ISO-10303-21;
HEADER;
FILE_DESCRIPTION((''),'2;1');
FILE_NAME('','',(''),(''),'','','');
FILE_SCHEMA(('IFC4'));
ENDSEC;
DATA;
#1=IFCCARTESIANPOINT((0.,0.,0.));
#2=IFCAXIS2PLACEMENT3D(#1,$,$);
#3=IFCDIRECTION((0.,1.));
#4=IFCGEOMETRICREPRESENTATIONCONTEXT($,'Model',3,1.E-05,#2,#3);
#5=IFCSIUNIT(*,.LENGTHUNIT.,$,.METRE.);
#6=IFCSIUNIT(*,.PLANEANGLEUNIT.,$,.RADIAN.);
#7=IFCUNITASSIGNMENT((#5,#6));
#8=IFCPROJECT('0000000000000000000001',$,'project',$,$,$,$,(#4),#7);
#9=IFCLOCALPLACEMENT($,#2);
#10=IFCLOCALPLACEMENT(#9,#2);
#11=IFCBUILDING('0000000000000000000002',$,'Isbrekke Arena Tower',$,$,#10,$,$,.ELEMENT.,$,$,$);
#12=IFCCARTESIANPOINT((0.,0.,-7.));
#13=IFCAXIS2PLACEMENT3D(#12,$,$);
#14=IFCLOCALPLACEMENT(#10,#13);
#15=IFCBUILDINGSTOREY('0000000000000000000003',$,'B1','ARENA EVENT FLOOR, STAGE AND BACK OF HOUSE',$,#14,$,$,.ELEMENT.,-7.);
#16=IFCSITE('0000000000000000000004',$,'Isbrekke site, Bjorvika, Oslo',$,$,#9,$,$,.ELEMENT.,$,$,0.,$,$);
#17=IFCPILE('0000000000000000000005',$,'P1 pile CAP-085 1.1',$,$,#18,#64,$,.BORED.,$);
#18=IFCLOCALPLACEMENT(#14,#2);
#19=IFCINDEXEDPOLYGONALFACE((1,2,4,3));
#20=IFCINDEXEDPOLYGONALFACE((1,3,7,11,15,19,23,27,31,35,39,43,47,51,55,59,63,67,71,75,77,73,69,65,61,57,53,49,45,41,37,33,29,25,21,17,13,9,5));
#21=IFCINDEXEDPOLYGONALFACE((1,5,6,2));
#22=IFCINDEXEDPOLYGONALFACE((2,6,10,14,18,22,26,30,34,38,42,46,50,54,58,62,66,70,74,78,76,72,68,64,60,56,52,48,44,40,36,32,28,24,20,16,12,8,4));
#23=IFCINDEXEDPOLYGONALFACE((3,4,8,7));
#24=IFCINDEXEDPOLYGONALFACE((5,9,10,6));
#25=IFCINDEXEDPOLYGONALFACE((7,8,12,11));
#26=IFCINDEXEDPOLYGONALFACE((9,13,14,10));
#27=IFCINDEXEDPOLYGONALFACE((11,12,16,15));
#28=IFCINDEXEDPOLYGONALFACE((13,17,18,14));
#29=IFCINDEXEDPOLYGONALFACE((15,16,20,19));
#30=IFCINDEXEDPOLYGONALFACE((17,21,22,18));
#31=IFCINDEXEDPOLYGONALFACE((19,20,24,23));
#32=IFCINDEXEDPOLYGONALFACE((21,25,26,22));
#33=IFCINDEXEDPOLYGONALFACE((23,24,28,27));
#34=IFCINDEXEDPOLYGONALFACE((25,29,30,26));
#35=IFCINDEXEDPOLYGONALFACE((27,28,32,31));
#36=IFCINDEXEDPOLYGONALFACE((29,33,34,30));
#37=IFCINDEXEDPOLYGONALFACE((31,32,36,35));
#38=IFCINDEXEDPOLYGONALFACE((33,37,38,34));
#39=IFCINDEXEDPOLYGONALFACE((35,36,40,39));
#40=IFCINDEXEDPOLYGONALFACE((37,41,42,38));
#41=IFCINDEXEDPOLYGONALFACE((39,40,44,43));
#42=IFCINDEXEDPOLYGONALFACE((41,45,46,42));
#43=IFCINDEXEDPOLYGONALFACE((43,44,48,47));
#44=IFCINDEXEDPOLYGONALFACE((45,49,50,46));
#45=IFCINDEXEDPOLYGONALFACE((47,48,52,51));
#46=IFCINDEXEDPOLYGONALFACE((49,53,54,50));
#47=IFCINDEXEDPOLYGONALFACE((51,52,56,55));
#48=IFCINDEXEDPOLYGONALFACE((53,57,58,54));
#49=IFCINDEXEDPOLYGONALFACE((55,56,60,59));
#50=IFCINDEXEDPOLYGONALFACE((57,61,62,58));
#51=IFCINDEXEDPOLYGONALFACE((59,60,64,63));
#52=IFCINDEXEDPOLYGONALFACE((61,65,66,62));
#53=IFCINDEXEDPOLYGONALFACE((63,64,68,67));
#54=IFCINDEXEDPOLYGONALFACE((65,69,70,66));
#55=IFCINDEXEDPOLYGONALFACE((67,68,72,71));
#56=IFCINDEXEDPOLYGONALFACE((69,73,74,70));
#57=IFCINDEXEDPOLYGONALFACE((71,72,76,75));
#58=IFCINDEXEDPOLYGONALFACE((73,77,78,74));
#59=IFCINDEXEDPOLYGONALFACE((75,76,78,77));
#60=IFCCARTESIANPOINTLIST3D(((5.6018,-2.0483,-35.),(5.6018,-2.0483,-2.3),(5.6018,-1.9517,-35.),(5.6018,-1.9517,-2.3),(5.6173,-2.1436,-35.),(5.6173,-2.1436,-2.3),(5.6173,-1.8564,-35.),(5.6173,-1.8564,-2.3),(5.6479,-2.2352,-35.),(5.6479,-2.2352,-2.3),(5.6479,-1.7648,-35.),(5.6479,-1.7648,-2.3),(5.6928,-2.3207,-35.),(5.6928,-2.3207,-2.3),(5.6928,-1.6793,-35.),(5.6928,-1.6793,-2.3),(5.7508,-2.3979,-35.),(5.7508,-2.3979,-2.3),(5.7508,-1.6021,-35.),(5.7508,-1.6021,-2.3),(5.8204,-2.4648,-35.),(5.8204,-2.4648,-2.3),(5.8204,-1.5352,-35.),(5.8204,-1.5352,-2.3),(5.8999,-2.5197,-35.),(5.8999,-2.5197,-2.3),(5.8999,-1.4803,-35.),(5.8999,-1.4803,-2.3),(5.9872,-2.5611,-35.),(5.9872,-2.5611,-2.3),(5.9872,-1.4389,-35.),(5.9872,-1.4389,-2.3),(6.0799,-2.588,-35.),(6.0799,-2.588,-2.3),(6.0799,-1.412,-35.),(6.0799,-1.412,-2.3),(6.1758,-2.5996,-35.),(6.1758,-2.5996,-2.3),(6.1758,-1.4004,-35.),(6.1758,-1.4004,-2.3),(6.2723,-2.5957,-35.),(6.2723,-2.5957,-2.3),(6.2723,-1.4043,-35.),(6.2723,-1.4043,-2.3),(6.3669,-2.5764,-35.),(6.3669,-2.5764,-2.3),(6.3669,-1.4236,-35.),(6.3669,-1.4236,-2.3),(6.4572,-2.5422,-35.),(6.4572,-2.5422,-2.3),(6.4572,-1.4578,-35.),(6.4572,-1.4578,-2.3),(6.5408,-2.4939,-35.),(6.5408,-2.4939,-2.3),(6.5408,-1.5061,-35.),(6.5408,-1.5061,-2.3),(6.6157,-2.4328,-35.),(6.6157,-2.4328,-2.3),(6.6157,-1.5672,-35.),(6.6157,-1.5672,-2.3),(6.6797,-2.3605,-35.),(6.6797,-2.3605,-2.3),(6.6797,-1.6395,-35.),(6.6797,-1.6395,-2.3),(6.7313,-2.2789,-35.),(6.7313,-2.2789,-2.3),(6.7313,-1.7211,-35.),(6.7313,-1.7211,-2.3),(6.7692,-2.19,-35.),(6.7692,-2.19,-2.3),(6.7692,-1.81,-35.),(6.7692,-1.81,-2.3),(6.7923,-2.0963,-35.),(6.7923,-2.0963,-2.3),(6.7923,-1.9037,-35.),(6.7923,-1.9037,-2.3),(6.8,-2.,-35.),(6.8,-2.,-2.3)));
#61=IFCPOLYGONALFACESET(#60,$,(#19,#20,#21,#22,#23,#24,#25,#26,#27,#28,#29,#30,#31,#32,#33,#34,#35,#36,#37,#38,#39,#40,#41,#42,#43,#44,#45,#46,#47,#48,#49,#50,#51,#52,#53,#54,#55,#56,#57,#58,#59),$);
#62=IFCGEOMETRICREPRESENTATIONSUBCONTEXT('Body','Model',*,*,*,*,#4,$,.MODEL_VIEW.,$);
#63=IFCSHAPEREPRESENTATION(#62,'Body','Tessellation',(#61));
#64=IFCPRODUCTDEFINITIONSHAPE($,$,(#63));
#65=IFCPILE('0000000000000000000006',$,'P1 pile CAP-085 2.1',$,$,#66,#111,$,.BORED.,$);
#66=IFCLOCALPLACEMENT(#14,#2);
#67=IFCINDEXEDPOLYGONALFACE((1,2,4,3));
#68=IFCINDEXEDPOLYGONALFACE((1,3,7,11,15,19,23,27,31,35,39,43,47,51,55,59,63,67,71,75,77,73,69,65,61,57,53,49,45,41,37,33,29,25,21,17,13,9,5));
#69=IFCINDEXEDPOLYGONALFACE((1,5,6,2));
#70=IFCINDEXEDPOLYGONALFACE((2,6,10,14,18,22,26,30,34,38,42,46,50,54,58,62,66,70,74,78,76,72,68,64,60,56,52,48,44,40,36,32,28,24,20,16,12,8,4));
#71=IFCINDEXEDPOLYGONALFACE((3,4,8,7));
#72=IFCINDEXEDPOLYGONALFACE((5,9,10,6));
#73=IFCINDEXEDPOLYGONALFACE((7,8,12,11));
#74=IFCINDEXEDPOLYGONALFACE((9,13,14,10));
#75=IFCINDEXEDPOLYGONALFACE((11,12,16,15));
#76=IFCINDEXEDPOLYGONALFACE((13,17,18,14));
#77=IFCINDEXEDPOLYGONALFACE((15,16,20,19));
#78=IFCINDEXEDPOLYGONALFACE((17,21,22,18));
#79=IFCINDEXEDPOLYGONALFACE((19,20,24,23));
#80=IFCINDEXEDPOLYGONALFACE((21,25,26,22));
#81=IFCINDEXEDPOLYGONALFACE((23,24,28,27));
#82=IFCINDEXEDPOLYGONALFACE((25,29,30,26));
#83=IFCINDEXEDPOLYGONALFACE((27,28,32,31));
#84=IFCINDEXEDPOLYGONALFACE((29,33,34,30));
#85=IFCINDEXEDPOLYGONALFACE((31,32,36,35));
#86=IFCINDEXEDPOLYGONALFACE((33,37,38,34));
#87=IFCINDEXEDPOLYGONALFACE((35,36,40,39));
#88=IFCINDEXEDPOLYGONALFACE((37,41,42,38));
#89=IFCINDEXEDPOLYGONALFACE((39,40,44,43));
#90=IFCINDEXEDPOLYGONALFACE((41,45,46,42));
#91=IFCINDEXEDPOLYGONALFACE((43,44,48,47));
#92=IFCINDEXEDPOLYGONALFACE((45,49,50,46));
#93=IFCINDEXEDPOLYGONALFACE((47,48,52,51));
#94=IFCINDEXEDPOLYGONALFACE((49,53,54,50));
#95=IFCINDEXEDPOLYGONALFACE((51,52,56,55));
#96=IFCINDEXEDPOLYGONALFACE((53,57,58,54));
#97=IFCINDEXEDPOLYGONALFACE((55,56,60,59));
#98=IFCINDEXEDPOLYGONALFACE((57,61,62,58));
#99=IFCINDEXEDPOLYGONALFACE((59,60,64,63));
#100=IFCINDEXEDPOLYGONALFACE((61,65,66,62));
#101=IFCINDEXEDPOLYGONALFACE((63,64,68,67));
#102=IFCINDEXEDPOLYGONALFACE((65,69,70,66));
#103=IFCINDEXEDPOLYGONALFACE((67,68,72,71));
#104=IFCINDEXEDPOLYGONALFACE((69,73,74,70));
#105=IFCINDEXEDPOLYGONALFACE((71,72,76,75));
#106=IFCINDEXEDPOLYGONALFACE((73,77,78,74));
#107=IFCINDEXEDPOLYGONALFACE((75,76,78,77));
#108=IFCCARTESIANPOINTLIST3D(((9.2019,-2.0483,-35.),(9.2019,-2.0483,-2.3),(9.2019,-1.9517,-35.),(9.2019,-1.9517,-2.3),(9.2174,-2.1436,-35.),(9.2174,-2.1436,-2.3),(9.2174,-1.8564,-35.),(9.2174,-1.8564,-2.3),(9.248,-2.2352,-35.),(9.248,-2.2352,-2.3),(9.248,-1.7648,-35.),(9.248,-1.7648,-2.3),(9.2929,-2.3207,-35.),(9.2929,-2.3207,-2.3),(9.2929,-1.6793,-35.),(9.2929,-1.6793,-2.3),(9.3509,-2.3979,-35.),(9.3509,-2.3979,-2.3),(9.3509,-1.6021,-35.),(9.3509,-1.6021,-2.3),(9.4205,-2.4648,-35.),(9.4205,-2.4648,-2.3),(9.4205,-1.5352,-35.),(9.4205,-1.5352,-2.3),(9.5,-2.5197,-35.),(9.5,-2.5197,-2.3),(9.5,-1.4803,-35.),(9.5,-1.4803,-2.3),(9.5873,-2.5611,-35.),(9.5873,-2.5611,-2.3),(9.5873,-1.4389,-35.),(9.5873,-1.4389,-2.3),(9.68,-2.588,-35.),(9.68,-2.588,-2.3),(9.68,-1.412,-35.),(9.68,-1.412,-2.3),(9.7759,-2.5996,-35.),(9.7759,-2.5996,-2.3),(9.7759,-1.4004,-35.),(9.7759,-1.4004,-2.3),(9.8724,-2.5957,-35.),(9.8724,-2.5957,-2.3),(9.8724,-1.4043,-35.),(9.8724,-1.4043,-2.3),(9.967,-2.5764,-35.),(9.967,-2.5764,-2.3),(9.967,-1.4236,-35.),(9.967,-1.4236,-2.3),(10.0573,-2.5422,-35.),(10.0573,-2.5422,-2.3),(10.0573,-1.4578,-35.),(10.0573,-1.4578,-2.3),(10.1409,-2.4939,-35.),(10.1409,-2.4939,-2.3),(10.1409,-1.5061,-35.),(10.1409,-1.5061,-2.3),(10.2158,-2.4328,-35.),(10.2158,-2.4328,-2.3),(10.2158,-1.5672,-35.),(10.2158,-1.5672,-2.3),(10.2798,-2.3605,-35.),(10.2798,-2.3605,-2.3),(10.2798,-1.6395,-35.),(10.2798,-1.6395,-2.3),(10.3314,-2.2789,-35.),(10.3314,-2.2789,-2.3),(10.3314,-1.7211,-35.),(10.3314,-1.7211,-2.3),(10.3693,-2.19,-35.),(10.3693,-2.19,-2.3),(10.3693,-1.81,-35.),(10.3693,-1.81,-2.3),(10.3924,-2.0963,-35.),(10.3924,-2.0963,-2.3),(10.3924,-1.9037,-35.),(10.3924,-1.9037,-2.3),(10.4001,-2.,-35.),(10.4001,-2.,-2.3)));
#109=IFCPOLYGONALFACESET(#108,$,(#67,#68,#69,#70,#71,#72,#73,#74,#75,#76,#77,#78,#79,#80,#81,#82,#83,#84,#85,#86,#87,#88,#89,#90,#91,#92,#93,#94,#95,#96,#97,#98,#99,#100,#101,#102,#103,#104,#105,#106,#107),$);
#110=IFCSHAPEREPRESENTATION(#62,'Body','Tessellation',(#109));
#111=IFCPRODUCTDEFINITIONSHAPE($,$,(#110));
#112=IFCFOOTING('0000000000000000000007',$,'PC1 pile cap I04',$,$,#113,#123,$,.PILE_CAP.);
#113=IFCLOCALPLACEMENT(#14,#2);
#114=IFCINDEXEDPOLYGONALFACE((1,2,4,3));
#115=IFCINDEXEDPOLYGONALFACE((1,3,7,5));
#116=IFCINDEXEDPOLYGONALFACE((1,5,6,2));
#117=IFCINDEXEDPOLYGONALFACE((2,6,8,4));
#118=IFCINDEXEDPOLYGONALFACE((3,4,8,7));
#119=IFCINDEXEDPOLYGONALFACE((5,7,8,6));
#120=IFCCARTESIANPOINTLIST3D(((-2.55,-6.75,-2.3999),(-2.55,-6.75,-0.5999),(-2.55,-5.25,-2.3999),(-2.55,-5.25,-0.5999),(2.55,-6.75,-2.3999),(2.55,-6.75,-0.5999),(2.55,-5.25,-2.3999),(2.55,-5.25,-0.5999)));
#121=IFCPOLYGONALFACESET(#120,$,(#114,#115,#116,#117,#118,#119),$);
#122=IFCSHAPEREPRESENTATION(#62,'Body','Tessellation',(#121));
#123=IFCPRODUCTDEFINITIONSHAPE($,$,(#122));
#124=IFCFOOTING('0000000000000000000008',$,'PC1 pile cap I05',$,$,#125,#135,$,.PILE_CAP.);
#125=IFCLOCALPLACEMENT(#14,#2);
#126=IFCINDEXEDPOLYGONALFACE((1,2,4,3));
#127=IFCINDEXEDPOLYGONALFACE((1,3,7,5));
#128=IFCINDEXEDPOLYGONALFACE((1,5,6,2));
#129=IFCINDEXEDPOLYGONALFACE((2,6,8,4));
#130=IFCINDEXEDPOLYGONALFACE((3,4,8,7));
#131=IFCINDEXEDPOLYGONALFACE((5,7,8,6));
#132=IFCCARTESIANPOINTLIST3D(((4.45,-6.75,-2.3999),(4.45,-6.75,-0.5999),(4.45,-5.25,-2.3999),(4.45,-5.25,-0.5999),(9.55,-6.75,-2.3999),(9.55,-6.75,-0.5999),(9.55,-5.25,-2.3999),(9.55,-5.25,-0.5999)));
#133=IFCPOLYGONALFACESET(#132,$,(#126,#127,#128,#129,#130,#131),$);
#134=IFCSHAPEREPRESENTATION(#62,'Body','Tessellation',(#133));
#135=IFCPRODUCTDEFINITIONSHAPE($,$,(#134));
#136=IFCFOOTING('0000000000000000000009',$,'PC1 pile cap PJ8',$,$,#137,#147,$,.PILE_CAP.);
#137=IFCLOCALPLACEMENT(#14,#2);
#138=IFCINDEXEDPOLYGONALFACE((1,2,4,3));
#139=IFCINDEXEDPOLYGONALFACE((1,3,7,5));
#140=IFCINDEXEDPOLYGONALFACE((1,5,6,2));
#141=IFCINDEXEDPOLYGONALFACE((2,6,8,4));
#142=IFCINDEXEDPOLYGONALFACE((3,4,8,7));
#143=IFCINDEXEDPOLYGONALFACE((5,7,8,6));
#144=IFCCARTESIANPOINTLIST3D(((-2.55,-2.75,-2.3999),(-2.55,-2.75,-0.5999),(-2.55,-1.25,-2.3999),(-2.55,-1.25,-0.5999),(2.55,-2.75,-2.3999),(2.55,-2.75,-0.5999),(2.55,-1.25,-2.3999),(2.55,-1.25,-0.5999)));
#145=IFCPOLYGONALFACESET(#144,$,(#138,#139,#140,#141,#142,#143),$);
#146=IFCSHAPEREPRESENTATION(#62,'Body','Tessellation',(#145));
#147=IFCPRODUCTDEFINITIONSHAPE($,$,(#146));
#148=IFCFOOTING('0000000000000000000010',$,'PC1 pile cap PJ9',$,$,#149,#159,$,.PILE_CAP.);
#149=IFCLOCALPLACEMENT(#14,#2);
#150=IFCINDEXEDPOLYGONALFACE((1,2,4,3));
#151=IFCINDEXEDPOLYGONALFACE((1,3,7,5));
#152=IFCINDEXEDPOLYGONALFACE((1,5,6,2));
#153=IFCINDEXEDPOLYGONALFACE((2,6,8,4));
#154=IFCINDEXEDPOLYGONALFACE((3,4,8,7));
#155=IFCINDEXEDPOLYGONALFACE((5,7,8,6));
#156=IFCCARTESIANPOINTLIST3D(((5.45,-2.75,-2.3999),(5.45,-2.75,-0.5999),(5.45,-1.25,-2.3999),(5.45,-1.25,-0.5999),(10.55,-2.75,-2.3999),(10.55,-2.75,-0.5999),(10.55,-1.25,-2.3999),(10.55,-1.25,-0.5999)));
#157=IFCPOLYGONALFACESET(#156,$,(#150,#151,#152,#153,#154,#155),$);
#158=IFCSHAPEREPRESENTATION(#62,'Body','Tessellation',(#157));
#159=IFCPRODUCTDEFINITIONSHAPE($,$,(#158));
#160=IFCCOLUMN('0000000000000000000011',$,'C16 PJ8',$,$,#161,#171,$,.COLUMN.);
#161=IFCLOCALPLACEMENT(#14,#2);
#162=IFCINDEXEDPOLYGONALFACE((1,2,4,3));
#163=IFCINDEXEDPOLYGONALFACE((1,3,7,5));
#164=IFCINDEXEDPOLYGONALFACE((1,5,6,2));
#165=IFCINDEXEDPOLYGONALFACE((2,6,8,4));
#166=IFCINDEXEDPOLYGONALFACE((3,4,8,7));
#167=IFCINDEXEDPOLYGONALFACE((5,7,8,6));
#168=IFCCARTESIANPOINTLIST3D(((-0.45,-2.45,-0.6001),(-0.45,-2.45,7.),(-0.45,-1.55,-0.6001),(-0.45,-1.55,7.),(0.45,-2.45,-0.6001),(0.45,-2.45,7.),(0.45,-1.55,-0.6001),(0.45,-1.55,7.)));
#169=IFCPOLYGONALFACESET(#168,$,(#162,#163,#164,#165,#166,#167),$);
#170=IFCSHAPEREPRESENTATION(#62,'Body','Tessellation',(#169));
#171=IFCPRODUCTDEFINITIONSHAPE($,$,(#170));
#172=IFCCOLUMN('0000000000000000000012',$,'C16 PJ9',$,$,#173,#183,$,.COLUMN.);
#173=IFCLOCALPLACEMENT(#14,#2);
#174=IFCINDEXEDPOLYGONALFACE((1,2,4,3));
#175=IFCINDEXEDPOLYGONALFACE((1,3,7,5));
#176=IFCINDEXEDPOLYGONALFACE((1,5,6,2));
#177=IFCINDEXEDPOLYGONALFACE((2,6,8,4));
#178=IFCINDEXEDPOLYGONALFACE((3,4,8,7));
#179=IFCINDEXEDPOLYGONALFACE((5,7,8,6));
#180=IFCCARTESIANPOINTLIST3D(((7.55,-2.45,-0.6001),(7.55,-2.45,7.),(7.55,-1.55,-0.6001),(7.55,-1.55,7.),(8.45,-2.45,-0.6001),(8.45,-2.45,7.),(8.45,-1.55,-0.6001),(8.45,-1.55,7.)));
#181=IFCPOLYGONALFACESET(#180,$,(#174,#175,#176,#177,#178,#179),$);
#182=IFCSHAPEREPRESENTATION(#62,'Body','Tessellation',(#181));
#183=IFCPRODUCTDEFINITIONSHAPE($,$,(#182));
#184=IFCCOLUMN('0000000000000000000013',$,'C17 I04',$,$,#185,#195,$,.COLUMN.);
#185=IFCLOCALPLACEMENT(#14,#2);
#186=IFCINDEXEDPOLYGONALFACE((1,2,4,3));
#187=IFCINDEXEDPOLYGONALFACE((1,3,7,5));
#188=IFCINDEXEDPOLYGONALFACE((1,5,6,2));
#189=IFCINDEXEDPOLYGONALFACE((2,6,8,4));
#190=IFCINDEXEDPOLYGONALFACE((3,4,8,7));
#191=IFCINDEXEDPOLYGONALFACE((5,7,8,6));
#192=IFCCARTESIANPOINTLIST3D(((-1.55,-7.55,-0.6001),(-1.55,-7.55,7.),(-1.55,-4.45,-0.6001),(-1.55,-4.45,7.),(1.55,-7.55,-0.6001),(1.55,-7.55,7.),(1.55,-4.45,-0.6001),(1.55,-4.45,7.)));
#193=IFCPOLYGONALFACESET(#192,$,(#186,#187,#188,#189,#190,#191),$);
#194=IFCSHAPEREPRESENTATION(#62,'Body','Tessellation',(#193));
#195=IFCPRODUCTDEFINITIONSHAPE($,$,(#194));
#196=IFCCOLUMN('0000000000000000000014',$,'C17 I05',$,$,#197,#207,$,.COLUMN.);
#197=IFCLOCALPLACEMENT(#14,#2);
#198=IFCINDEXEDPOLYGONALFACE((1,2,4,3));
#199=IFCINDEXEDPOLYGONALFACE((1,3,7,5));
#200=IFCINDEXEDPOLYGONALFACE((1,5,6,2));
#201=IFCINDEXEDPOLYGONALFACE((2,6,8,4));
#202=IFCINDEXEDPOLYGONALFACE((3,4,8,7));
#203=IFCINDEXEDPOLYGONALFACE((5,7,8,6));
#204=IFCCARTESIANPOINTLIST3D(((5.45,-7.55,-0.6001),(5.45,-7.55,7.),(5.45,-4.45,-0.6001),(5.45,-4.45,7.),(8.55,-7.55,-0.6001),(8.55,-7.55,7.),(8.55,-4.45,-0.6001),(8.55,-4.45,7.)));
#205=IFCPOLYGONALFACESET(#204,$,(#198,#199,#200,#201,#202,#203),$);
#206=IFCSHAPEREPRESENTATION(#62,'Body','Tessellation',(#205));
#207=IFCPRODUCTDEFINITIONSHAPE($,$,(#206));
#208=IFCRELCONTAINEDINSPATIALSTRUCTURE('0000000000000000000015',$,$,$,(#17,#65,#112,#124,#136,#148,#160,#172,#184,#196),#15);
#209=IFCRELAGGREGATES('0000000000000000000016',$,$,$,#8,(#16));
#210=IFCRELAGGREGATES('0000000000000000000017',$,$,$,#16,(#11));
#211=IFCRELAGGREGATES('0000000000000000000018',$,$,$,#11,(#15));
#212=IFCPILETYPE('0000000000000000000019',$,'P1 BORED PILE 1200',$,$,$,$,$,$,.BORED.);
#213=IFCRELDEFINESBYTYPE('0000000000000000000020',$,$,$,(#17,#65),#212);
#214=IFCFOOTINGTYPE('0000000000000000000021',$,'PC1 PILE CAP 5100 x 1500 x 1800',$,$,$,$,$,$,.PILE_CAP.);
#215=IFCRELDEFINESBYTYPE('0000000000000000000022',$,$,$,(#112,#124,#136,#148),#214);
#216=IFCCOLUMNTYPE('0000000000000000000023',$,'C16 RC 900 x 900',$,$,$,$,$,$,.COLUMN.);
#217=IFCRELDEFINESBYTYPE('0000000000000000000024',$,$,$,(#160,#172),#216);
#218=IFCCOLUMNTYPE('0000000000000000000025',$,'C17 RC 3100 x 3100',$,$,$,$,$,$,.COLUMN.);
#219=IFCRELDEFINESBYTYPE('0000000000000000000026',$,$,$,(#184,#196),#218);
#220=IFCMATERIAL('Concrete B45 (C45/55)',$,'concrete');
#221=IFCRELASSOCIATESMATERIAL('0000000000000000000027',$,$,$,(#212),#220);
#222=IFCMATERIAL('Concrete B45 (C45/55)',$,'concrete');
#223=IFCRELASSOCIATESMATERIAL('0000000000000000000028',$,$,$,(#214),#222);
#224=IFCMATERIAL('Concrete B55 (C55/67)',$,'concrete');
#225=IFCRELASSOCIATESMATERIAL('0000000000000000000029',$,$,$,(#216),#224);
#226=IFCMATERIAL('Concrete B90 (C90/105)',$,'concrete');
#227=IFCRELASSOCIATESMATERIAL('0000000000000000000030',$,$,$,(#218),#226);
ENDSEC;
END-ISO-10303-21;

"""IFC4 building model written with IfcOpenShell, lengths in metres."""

from ifc_helpers import new_model, si_unit, direction, frame, origin, origin_2d, place, context, subcontext, project, spatial, rectangle, circle, extrude, material, material_profile, profile_set, type_object, element, save


model = new_model("IFC4")

# Units and contexts
model_context = context("Model", 3, precision=1e-05, world=origin(), true_north=direction((0.0, 1.0)))
body_context = subcontext(model_context, "Body", "Model", "MODEL_VIEW")
ifc_project = project(units=[si_unit("LENGTHUNIT", "METRE"), si_unit("PLANEANGLEUNIT", "RADIAN")], contexts=[model_context])

# Site, building, storey
site_placement = place(None, origin())
site = spatial("IfcSite", under=ifc_project, at=site_placement, Name="Isbrekke site, Bjorvika, Oslo", CompositionType="ELEMENT", RefElevation=0.0)
building_placement = place(site_placement, origin())
building = spatial("IfcBuilding", under=site, at=building_placement, Name="Isbrekke Arena Tower", CompositionType="ELEMENT")
storey_placement = place(building_placement, frame((0.0, 0.0, -7.0)))
storey = spatial("IfcBuildingStorey", under=building, at=storey_placement, Name="B1", Description="ARENA EVENT FLOOR, STAGE AND BACK OF HOUSE", CompositionType="ELEMENT", Elevation=-7.0)

# Piles
ifc_material_1 = material(Name="Concrete B45 (C45/55)", Category="concrete")
ifc_material_profile_1 = material_profile(ifc_material_1, circle(Radius=0.6001, at=origin_2d()), Name="BORED PILE D1200")
ifc_profile_set_1 = profile_set([ifc_material_profile_1], Name="Concrete B45 (C45/55)")
pile_type = type_object("IfcPileType", Name="P1 BORED PILE 1200", PredefinedType="BORED", material=ifc_profile_set_1)
for number, where, z_axis, x_axis, name in (
    (1, (6.2, -2.0, -2.3), (0.0, 0.0, -1.0), (1.0, 0.0, 0.0), "P1 pile CAP-085 1.1"),
    (2, (9.8, -2.0, -2.3), (0.0, 0.0, -1.0), (1.0, 0.0, 0.0), "P1 pile CAP-085 2.1"),
):
    element("IfcPile", number, at=place(storey_placement, frame(where, z_axis=z_axis, x_axis=x_axis)), inside=storey, type_object=pile_type, Name=name, PredefinedType="BORED", context=body_context, shape_type="SweptSolid", body=[
        extrude(circle(Radius=0.6001, at=origin_2d()), origin(), (0.0, 0.0, 1.0), 32.7),
    ])

# Footings
ifc_material_2 = material(Name="Concrete B45 (C45/55)", Category="concrete")
footing_type = type_object("IfcFootingType", Name="PC1 PILE CAP 5100 x 1500 x 1800", PredefinedType="PILE_CAP", material=ifc_material_2)
for number, where, z_axis, x_axis, name in (
    (3, (0.0, -6.0, -2.3999), (0.0, 0.0, 1.0), (1.0, 0.0, 0.0), "PC1 pile cap I04"),
    (4, (7.0, -6.0, -2.3999), (0.0, 0.0, 1.0), (1.0, 0.0, 0.0), "PC1 pile cap I05"),
    (5, (0.0, -2.0, -2.3999), (0.0, 0.0, 1.0), (1.0, 0.0, 0.0), "PC1 pile cap PJ8"),
    (6, (8.0, -2.0, -2.3999), (0.0, 0.0, 1.0), (1.0, 0.0, 0.0), "PC1 pile cap PJ9"),
):
    element("IfcFooting", number, at=place(storey_placement, frame(where, z_axis=z_axis, x_axis=x_axis)), inside=storey, type_object=footing_type, Name=name, PredefinedType="PILE_CAP", context=body_context, shape_type="SweptSolid", body=[
        extrude(rectangle(XDim=5.1001, YDim=1.5, at=origin_2d()), origin(), (0.0, 0.0, 1.0), 1.8),
    ])

# Columns
ifc_material_3 = material(Name="Concrete B55 (C55/67)", Category="concrete")
ifc_material_profile_2 = material_profile(ifc_material_3, rectangle(XDim=0.8999, YDim=0.8999, at=origin_2d()), Name="RC 900x900")
ifc_profile_set_2 = profile_set([ifc_material_profile_2], Name="Concrete B55 (C55/67)")
column_type_1 = type_object("IfcColumnType", Name="C16 RC 900 x 900", PredefinedType="COLUMN", material=ifc_profile_set_2)
for number, where, z_axis, x_axis, name in (
    (7, (0.0, -2.0, -0.6001), (0.0, 0.0, 1.0), (1.0, 0.0, 0.0), "C16 PJ8"),
    (8, (8.0, -2.0, -0.6001), (0.0, 0.0, 1.0), (1.0, 0.0, 0.0), "C16 PJ9"),
):
    element("IfcColumn", number, at=place(storey_placement, frame(where, z_axis=z_axis, x_axis=x_axis)), inside=storey, type_object=column_type_1, Name=name, PredefinedType="COLUMN", context=body_context, shape_type="SweptSolid", body=[
        extrude(rectangle(XDim=0.8999, YDim=0.8999, at=origin_2d()), origin(), (0.0, 0.0, 1.0), 7.6001),
    ])
ifc_material_4 = material(Name="Concrete B90 (C90/105)", Category="concrete")
ifc_material_profile_3 = material_profile(ifc_material_4, rectangle(XDim=3.1001, YDim=3.1001, at=origin_2d()), Name="RC 3100x3100")
ifc_profile_set_3 = profile_set([ifc_material_profile_3], Name="Concrete B90 (C90/105)")
column_type_2 = type_object("IfcColumnType", Name="C17 RC 3100 x 3100", PredefinedType="COLUMN", material=ifc_profile_set_3)
for number, where, z_axis, x_axis, name in (
    (9, (0.0, -6.0, -0.6001), (0.0, 0.0, 1.0), (1.0, 0.0, 0.0), "C17 I04"),
    (10, (7.0, -6.0, -0.6001), (0.0, 0.0, 1.0), (1.0, 0.0, 0.0), "C17 I05"),
):
    element("IfcColumn", number, at=place(storey_placement, frame(where, z_axis=z_axis, x_axis=x_axis)), inside=storey, type_object=column_type_2, Name=name, PredefinedType="COLUMN", context=body_context, shape_type="SweptSolid", body=[
        extrude(rectangle(XDim=3.1001, YDim=3.1001, at=origin_2d()), origin(), (0.0, 0.0, 1.0), 7.6001),
    ])

save(model, "model.ifc")
